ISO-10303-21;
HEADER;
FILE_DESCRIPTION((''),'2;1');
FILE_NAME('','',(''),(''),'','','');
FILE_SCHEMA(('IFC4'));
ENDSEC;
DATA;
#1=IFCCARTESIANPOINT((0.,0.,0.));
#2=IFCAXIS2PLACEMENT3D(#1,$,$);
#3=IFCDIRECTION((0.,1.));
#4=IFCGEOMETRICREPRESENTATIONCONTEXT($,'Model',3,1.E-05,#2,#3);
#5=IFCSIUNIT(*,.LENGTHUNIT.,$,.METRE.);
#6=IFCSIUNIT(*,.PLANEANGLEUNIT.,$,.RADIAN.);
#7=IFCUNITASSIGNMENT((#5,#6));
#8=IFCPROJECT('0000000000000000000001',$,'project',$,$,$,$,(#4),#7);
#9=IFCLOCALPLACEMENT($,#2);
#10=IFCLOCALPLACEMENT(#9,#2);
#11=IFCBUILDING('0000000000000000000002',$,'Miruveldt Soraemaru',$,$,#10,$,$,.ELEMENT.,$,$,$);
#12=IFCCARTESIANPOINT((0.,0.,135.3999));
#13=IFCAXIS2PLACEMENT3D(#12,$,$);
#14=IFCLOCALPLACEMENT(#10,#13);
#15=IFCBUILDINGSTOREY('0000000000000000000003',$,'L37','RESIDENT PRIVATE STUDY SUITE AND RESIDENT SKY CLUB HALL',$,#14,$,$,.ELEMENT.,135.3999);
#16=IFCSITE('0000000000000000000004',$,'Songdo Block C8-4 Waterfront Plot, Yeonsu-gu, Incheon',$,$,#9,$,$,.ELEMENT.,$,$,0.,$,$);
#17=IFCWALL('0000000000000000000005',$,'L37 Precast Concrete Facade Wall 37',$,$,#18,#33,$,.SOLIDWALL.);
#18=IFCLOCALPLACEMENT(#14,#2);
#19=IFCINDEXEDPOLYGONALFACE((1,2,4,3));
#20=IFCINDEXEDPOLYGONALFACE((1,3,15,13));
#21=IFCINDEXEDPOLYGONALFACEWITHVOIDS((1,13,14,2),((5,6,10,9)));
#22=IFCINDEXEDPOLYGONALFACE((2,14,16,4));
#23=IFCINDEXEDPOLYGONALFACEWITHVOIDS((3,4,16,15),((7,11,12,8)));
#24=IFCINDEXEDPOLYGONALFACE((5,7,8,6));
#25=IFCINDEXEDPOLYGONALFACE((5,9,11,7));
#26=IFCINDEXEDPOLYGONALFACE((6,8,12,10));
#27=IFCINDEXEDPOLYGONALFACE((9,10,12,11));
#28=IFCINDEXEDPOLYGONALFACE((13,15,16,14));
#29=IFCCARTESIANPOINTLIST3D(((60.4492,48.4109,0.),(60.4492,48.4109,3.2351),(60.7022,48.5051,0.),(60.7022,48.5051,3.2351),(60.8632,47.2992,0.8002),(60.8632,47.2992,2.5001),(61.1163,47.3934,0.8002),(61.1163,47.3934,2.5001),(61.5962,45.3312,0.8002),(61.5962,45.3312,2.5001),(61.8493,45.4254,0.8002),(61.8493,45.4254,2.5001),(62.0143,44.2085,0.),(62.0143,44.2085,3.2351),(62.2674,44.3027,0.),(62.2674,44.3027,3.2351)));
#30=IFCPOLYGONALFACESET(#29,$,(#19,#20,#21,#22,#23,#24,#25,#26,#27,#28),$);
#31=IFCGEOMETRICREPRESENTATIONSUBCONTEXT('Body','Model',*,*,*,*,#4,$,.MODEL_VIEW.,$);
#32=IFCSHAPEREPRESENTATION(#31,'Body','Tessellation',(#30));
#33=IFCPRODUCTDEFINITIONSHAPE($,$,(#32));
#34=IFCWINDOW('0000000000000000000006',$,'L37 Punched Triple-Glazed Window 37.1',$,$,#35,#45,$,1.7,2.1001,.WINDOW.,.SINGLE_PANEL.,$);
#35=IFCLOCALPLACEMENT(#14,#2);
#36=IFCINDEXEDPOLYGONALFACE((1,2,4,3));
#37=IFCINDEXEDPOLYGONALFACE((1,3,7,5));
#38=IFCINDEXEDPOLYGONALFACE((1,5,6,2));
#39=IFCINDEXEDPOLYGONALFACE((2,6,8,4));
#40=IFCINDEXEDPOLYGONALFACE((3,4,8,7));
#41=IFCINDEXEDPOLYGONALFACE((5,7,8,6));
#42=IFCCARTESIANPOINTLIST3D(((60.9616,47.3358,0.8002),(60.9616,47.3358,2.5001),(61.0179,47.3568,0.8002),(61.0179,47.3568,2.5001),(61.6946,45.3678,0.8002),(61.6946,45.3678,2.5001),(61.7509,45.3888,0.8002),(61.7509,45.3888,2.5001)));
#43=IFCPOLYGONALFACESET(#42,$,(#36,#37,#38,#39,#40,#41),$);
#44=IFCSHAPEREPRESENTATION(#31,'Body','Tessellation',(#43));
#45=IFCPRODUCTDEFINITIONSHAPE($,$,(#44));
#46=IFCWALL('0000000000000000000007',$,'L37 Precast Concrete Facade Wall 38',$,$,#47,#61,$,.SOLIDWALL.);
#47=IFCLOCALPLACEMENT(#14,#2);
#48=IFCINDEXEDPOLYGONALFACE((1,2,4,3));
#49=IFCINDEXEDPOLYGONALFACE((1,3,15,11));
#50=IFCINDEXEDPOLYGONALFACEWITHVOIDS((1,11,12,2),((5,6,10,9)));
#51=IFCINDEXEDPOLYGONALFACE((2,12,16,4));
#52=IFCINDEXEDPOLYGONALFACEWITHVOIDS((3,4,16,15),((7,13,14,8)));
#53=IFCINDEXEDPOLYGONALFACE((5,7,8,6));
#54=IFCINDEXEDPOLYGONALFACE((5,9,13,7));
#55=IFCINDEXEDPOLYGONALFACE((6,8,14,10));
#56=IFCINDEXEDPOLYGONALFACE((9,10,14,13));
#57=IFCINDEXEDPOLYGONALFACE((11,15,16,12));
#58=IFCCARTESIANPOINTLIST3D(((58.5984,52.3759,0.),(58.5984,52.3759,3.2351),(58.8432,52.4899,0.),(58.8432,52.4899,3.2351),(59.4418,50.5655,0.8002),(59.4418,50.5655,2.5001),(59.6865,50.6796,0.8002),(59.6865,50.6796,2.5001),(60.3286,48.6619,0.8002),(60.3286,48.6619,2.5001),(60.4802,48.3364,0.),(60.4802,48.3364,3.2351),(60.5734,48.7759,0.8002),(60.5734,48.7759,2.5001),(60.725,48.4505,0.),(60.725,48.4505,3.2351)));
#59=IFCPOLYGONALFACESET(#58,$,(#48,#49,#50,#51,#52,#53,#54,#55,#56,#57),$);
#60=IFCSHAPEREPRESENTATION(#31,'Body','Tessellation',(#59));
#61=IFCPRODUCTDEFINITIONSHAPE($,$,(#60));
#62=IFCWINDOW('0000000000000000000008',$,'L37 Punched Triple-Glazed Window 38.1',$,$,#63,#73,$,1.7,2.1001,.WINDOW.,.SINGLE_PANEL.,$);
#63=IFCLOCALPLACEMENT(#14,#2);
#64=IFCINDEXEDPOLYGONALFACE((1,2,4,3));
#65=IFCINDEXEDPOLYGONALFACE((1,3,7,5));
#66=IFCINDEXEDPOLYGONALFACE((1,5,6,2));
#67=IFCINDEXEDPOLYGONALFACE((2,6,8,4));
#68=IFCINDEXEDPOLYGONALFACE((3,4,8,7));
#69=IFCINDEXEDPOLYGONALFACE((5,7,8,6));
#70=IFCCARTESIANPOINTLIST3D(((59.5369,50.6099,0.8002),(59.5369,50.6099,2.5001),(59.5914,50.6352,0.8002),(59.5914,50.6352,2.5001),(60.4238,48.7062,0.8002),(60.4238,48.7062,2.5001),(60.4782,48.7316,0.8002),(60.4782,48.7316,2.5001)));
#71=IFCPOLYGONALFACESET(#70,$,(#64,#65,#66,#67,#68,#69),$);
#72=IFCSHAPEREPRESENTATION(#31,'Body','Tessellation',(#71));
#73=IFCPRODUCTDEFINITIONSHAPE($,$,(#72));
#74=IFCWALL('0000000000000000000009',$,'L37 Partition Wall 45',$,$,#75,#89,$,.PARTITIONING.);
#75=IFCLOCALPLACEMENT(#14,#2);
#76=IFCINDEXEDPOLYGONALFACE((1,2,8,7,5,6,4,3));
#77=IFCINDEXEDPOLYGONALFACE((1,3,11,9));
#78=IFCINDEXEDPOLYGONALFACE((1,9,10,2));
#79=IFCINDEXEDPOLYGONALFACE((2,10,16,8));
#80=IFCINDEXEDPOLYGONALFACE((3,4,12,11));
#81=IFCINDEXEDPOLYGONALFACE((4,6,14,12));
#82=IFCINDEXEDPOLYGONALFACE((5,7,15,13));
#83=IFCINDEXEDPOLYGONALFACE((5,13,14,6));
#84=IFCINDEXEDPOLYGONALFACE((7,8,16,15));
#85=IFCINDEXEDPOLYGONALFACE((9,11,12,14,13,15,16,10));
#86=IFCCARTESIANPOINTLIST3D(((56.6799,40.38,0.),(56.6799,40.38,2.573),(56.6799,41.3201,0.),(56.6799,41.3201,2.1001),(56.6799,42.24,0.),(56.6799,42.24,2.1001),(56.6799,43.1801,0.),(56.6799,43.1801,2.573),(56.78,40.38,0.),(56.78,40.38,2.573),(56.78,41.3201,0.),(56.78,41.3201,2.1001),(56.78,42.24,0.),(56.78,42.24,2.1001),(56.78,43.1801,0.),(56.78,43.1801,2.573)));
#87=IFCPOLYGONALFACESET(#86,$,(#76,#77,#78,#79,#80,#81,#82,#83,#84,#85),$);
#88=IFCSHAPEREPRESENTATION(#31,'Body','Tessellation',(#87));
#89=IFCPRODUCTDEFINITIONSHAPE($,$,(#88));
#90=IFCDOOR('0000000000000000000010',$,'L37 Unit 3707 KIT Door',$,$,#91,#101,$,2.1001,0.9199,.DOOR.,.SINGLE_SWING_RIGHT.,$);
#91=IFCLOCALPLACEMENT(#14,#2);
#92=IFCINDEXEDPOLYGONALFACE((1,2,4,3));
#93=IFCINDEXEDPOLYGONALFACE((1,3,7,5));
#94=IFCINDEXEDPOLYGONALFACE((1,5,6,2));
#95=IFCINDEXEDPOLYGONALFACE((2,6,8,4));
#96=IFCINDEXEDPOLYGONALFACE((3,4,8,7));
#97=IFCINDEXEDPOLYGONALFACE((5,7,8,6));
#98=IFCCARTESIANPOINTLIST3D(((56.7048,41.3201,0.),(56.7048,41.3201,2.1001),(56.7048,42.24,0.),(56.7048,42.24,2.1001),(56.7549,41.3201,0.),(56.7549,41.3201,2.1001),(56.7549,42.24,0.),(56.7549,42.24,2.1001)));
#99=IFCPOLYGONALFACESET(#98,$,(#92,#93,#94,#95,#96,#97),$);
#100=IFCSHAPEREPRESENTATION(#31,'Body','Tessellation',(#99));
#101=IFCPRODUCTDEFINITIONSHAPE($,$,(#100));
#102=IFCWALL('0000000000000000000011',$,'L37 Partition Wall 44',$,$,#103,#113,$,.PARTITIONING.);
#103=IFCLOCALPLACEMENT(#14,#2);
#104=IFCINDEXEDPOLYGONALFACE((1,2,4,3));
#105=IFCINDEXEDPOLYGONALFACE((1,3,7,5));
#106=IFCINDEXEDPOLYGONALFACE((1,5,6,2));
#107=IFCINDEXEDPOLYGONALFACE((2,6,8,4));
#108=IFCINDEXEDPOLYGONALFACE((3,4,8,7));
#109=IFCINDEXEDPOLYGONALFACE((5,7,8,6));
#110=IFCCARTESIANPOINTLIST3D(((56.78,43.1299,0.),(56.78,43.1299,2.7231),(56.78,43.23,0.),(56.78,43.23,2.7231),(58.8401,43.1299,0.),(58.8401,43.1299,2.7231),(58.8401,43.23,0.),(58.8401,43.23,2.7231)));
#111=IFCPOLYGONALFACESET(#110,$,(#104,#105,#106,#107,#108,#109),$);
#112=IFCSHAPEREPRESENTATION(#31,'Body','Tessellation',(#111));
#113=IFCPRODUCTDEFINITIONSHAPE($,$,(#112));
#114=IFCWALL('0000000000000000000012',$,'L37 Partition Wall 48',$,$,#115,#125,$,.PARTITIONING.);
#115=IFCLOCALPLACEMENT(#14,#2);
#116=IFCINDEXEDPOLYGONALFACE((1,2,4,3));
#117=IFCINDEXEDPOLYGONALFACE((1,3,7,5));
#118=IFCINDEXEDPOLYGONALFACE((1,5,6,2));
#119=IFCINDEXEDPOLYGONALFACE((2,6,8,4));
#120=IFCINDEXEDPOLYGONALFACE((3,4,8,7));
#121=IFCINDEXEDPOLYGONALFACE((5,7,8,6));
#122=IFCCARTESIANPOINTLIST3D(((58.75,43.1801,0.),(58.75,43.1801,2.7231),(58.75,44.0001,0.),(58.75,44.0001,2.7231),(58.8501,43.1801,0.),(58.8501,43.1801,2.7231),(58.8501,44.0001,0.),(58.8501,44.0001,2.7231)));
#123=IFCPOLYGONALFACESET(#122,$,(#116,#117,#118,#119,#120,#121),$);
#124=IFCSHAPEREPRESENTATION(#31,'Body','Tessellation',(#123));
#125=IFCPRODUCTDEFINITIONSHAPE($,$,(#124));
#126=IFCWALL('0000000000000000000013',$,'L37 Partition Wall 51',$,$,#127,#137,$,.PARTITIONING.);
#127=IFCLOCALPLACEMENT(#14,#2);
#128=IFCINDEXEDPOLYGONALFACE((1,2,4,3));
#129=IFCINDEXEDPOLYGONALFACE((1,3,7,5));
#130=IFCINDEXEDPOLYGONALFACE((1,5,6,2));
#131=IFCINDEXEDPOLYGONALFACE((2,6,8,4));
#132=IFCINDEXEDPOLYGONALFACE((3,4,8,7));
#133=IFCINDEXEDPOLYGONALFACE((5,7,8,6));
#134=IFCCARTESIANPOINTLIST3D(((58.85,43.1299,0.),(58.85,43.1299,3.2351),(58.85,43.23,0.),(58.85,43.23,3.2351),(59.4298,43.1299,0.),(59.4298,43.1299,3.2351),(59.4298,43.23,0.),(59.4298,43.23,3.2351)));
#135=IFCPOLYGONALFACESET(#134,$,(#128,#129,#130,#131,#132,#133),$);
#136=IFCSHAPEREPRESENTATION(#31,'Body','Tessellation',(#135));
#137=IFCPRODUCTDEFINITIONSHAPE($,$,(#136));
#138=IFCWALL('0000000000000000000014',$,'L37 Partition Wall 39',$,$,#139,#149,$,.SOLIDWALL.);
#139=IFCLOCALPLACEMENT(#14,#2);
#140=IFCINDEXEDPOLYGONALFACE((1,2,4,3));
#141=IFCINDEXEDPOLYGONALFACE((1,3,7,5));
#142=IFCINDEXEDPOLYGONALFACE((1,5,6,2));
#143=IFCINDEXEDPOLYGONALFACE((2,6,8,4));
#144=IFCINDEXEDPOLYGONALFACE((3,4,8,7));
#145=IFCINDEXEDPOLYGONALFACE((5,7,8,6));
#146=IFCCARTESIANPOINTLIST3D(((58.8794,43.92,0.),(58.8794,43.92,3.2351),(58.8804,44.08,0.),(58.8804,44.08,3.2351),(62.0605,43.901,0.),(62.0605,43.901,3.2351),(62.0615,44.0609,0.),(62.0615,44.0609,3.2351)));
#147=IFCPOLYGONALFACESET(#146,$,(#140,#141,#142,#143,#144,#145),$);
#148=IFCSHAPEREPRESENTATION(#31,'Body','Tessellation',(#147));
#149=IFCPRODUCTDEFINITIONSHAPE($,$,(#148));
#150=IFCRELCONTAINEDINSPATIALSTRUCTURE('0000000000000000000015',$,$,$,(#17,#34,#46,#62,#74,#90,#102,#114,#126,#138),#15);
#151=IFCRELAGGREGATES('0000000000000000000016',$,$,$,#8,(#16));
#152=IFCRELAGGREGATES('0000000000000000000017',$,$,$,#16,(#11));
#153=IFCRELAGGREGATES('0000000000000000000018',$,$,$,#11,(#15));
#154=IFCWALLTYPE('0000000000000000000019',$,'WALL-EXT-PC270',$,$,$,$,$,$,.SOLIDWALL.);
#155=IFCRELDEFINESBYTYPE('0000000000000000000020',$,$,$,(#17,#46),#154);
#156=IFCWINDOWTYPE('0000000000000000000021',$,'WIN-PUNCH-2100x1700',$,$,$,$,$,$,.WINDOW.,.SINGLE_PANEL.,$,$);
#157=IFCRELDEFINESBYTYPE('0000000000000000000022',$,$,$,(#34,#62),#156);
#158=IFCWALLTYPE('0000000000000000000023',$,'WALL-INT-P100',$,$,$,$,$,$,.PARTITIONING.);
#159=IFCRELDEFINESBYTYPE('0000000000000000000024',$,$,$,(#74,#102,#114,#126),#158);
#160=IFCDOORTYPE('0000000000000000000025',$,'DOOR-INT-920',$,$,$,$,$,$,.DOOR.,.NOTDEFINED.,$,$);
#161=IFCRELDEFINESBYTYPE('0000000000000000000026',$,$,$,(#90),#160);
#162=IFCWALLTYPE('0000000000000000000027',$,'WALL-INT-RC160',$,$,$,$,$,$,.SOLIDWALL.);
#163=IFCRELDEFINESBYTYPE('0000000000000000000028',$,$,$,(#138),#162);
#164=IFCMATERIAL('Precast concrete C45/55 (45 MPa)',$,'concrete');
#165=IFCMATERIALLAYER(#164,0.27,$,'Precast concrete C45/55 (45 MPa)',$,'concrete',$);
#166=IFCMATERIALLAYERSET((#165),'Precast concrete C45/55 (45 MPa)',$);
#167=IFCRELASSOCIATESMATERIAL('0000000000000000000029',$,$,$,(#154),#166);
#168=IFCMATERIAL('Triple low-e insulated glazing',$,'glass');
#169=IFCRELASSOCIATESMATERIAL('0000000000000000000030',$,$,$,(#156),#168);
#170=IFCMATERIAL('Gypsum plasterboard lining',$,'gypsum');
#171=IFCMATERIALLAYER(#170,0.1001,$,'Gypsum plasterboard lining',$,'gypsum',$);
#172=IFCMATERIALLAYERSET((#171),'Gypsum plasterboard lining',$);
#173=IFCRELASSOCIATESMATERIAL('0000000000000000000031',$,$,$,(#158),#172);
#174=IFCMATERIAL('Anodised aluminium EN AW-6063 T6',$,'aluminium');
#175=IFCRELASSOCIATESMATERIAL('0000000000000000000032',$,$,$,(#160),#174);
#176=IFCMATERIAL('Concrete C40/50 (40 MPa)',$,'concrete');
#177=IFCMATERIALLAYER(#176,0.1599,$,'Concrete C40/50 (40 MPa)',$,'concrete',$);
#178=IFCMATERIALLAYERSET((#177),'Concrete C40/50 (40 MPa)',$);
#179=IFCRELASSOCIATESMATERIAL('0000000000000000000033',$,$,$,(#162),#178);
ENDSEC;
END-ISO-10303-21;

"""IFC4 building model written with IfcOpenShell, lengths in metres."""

from ifc_helpers import new_model, si_unit, direction, frame, frame_2d, origin, place, context, subcontext, project, spatial, rectangle, extrude, material, layer, layer_set, type_object, element, fill, save


model = new_model("IFC4")

# Units and contexts
model_context = context("Model", 3, precision=1e-05, world=origin(), true_north=direction((0.0, 1.0)))
body_context = subcontext(model_context, "Body", "Model", "MODEL_VIEW")
ifc_project = project(units=[si_unit("LENGTHUNIT", "METRE"), si_unit("PLANEANGLEUNIT", "RADIAN")], contexts=[model_context])

# Site, building, storey
site_placement = place(None, origin())
site = spatial("IfcSite", under=ifc_project, at=site_placement, Name="Songdo Block C8-4 Waterfront Plot, Yeonsu-gu, Incheon", CompositionType="ELEMENT", RefElevation=0.0)
building_placement = place(site_placement, origin())
building = spatial("IfcBuilding", under=site, at=building_placement, Name="Miruveldt Soraemaru", CompositionType="ELEMENT")
storey_placement = place(building_placement, frame((0.0, 0.0, 135.3999)))
storey = spatial("IfcBuildingStorey", under=building, at=storey_placement, Name="L37", Description="RESIDENT PRIVATE STUDY SUITE AND RESIDENT SKY CLUB HALL", CompositionType="ELEMENT", Elevation=135.3999)

# Shared definitions
ifc_material_1 = material(Name="Anodised aluminium EN AW-6063 T6", Category="aluminium")

# Shared definitions
ifc_material_2 = material(Name="Precast concrete C45/55 (45 MPa)", Category="concrete")
ifc_layer_1 = layer(ifc_material_2, 0.27, Name="Precast concrete C45/55 (45 MPa)", Category="concrete")
ifc_layer_set_1 = layer_set([ifc_layer_1], Name="Precast concrete C45/55 (45 MPa)")
wall_type_1 = type_object("IfcWallType", Name="WALL-EXT-PC270", PredefinedType="SOLIDWALL", material=ifc_layer_set_1)

# Walls, openings, windows
wall_1_placement = place(storey_placement, frame((62.1409, 44.2556, 0.0), z_axis=(0.0, 0.0, 1.0), x_axis=(-0.349028, 0.937112, 0.0)))
wall_1 = element("IfcWall", 1, at=wall_1_placement, inside=storey, type_object=wall_type_1, Name="L37 Precast Concrete Facade Wall 37", PredefinedType="SOLIDWALL", context=body_context, shape_type="SweptSolid", body=[
    extrude(rectangle(XDim=4.4844, YDim=0.27, at=frame_2d((2.2422, 0.0))), origin(), (0.0, 0.0, 1.0), 3.2351),
])
opening_1_placement = place(wall_1_placement, frame((1.198, 0.0, 0.8)))
opening_1 = element("IfcOpeningElement", 2, at=opening_1_placement, cuts=wall_1, PredefinedType="OPENING", context=body_context, shape_type="SweptSolid", body=[
    extrude(rectangle(XDim=2.1001, YDim=1.7, at=frame_2d((1.05, 0.8501))), frame((0.0, 0.145, 0.0), z_axis=(0.0, -1.0, 0.0), x_axis=(1.0, 0.0, 0.0)), (0.0, 0.0, 1.0), 0.29),
])
ifc_material_3 = material(Name="Triple low-e insulated glazing", Category="glass")
window_type = type_object("IfcWindowType", Name="WIN-PUNCH-2100x1700", PartitioningType="SINGLE_PANEL", PredefinedType="WINDOW", material=ifc_material_3)
window_1_placement = place(opening_1_placement, origin())
window_1 = element("IfcWindow", 3, at=window_1_placement, inside=storey, type_object=window_type, Name="L37 Punched Triple-Glazed Window 37.1", OverallHeight=1.7, OverallWidth=2.1001, PartitioningType="SINGLE_PANEL", PredefinedType="WINDOW", context=body_context, shape_type="SweptSolid", body=[
    extrude(rectangle(XDim=2.1001, YDim=1.7, at=frame_2d((1.05, 0.8501))), frame((0.0, 0.03, 0.0), z_axis=(0.0, -1.0, 0.0), x_axis=(1.0, 0.0, 0.0)), (0.0, 0.0, 1.0), 0.0601),
])
fill(opening_1, window_1)
wall_2_placement = place(storey_placement, frame((60.6025, 48.3936, 0.0), z_axis=(0.0, 0.0, 1.0), x_axis=(-0.42228, 0.906466, 0.0)))
wall_2 = element("IfcWall", 4, at=wall_2_placement, inside=storey, type_object=wall_type_1, Name="L37 Precast Concrete Facade Wall 38", PredefinedType="SOLIDWALL", context=body_context, shape_type="SweptSolid", body=[
    extrude(rectangle(XDim=4.4563, YDim=0.27, at=frame_2d((2.228, 0.0))), origin(), (0.0, 0.0, 1.0), 3.2351),
])
opening_2_placement = place(wall_2_placement, frame((0.3589, 0.0, 0.8)))
opening_2 = element("IfcOpeningElement", 5, at=opening_2_placement, cuts=wall_2, PredefinedType="OPENING", context=body_context, shape_type="SweptSolid", body=[
    extrude(rectangle(XDim=2.1001, YDim=1.7, at=frame_2d((1.05, 0.8501))), frame((0.0, 0.145, 0.0), z_axis=(0.0, -1.0, 0.0), x_axis=(1.0, 0.0, 0.0)), (0.0, 0.0, 1.0), 0.29),
])
window_2_placement = place(opening_2_placement, origin())
window_2 = element("IfcWindow", 6, at=window_2_placement, inside=storey, type_object=window_type, Name="L37 Punched Triple-Glazed Window 38.1", OverallHeight=1.7, OverallWidth=2.1001, PartitioningType="SINGLE_PANEL", PredefinedType="WINDOW", context=body_context, shape_type="SweptSolid", body=[
    extrude(rectangle(XDim=2.1001, YDim=1.7, at=frame_2d((1.05, 0.8501))), frame((0.0, 0.03, 0.0), z_axis=(0.0, -1.0, 0.0), x_axis=(1.0, 0.0, 0.0)), (0.0, 0.0, 1.0), 0.0601),
])
fill(opening_2, window_2)

# Wall, opening, door
ifc_material_4 = material(Name="Gypsum plasterboard lining", Category="gypsum")
ifc_layer_2 = layer(ifc_material_4, 0.1001, Name="Gypsum plasterboard lining", Category="gypsum")
ifc_layer_set_2 = layer_set([ifc_layer_2], Name="Gypsum plasterboard lining")
wall_type_2 = type_object("IfcWallType", Name="WALL-INT-P100", PredefinedType="PARTITIONING", material=ifc_layer_set_2)
wall_3_placement = place(storey_placement, frame((56.73, 43.1799, 0.0), z_axis=(0.0, 0.0, 1.0), x_axis=(0.0, -1.0, 0.0)))
wall_3 = element("IfcWall", 7, at=wall_3_placement, inside=storey, type_object=wall_type_2, Name="L37 Partition Wall 45", PredefinedType="PARTITIONING", context=body_context, shape_type="SweptSolid", body=[
    extrude(rectangle(XDim=2.8, YDim=0.1001, at=frame_2d((1.3999, 0.0))), origin(), (0.0, 0.0, 1.0), 2.573),
])
opening_3_placement = place(wall_3_placement, frame((0.9399, 0.0, 0.0)))
opening_3 = element("IfcOpeningElement", 8, at=opening_3_placement, cuts=wall_3, PredefinedType="OPENING", context=body_context, shape_type="SweptSolid", body=[
    extrude(rectangle(XDim=0.9199, YDim=2.1001, at=frame_2d((0.46, 1.05))), frame((0.0, 0.0601, 0.0), z_axis=(0.0, -1.0, 0.0), x_axis=(1.0, 0.0, 0.0)), (0.0, 0.0, 1.0), 0.1201),
])
door_type = type_object("IfcDoorType", Name="DOOR-INT-920", OperationType="NOTDEFINED", PredefinedType="DOOR", material=ifc_material_1)
door_placement = place(opening_3_placement, origin())
door = element("IfcDoor", 9, at=door_placement, inside=storey, type_object=door_type, Name="L37 Unit 3707 KIT Door", OperationType="SINGLE_SWING_RIGHT", OverallHeight=2.1001, OverallWidth=0.9199, PredefinedType="DOOR", context=body_context, shape_type="SweptSolid", body=[
    extrude(rectangle(XDim=0.9199, YDim=2.1001, at=frame_2d((0.46, 1.05))), frame((0.0, 0.0249, 0.0), z_axis=(0.0, -1.0, 0.0), x_axis=(1.0, 0.0, 0.0)), (0.0, 0.0, 1.0), 0.05),
])
fill(opening_3, door)

# Walls
wall_4_placement = place(storey_placement, frame((58.8401, 43.1799, 0.0), z_axis=(0.0, 0.0, 1.0), x_axis=(-1.0, 0.0, 0.0)))
element("IfcWall", 10, at=wall_4_placement, inside=storey, type_object=wall_type_2, Name="L37 Partition Wall 44", PredefinedType="PARTITIONING", context=body_context, shape_type="SweptSolid", body=[
    extrude(rectangle(XDim=2.0601, YDim=0.1001, at=frame_2d((1.03, 0.0))), origin(), (0.0, 0.0, 1.0), 2.7231),
])
wall_5_placement = place(storey_placement, frame((58.8, 43.1799, 0.0), z_axis=(0.0, 0.0, 1.0), x_axis=(0.0, 1.0, 0.0)))
element("IfcWall", 11, at=wall_5_placement, inside=storey, type_object=wall_type_2, Name="L37 Partition Wall 48", PredefinedType="PARTITIONING", context=body_context, shape_type="SweptSolid", body=[
    extrude(rectangle(XDim=0.8201, YDim=0.1001, at=frame_2d((0.4102, 0.0))), origin(), (0.0, 0.0, 1.0), 2.7231),
])
wall_6_placement = place(storey_placement, frame((59.4299, 43.1799, 0.0), z_axis=(0.0, 0.0, 1.0), x_axis=(-1.0, 0.0, 0.0)))
element("IfcWall", 12, at=wall_6_placement, inside=storey, type_object=wall_type_2, Name="L37 Partition Wall 51", PredefinedType="PARTITIONING", context=body_context, shape_type="SweptSolid", body=[
    extrude(rectangle(XDim=0.5798, YDim=0.1001, at=frame_2d((0.29, 0.0))), origin(), (0.0, 0.0, 1.0), 3.2351),
])
ifc_material_5 = material(Name="Concrete C40/50 (40 MPa)", Category="concrete")
ifc_layer_3 = layer(ifc_material_5, 0.1599, Name="Concrete C40/50 (40 MPa)", Category="concrete")
ifc_layer_set_3 = layer_set([ifc_layer_3], Name="Concrete C40/50 (40 MPa)")
wall_type_3 = type_object("IfcWallType", Name="WALL-INT-RC160", PredefinedType="SOLIDWALL", material=ifc_layer_set_3)
wall_7_placement = place(storey_placement, frame((58.8799, 44.0, 0.0), z_axis=(0.0, 0.0, 1.0), x_axis=(0.999982, -0.005986, 0.0)))
element("IfcWall", 13, at=wall_7_placement, inside=storey, type_object=wall_type_3, Name="L37 Partition Wall 39", PredefinedType="SOLIDWALL", context=body_context, shape_type="SweptSolid", body=[
    extrude(rectangle(XDim=3.1812, YDim=0.1599, at=frame_2d((1.5906, 0.0))), origin(), (0.0, 0.0, 1.0), 3.2351),
])

save(model, "model.ifc")
